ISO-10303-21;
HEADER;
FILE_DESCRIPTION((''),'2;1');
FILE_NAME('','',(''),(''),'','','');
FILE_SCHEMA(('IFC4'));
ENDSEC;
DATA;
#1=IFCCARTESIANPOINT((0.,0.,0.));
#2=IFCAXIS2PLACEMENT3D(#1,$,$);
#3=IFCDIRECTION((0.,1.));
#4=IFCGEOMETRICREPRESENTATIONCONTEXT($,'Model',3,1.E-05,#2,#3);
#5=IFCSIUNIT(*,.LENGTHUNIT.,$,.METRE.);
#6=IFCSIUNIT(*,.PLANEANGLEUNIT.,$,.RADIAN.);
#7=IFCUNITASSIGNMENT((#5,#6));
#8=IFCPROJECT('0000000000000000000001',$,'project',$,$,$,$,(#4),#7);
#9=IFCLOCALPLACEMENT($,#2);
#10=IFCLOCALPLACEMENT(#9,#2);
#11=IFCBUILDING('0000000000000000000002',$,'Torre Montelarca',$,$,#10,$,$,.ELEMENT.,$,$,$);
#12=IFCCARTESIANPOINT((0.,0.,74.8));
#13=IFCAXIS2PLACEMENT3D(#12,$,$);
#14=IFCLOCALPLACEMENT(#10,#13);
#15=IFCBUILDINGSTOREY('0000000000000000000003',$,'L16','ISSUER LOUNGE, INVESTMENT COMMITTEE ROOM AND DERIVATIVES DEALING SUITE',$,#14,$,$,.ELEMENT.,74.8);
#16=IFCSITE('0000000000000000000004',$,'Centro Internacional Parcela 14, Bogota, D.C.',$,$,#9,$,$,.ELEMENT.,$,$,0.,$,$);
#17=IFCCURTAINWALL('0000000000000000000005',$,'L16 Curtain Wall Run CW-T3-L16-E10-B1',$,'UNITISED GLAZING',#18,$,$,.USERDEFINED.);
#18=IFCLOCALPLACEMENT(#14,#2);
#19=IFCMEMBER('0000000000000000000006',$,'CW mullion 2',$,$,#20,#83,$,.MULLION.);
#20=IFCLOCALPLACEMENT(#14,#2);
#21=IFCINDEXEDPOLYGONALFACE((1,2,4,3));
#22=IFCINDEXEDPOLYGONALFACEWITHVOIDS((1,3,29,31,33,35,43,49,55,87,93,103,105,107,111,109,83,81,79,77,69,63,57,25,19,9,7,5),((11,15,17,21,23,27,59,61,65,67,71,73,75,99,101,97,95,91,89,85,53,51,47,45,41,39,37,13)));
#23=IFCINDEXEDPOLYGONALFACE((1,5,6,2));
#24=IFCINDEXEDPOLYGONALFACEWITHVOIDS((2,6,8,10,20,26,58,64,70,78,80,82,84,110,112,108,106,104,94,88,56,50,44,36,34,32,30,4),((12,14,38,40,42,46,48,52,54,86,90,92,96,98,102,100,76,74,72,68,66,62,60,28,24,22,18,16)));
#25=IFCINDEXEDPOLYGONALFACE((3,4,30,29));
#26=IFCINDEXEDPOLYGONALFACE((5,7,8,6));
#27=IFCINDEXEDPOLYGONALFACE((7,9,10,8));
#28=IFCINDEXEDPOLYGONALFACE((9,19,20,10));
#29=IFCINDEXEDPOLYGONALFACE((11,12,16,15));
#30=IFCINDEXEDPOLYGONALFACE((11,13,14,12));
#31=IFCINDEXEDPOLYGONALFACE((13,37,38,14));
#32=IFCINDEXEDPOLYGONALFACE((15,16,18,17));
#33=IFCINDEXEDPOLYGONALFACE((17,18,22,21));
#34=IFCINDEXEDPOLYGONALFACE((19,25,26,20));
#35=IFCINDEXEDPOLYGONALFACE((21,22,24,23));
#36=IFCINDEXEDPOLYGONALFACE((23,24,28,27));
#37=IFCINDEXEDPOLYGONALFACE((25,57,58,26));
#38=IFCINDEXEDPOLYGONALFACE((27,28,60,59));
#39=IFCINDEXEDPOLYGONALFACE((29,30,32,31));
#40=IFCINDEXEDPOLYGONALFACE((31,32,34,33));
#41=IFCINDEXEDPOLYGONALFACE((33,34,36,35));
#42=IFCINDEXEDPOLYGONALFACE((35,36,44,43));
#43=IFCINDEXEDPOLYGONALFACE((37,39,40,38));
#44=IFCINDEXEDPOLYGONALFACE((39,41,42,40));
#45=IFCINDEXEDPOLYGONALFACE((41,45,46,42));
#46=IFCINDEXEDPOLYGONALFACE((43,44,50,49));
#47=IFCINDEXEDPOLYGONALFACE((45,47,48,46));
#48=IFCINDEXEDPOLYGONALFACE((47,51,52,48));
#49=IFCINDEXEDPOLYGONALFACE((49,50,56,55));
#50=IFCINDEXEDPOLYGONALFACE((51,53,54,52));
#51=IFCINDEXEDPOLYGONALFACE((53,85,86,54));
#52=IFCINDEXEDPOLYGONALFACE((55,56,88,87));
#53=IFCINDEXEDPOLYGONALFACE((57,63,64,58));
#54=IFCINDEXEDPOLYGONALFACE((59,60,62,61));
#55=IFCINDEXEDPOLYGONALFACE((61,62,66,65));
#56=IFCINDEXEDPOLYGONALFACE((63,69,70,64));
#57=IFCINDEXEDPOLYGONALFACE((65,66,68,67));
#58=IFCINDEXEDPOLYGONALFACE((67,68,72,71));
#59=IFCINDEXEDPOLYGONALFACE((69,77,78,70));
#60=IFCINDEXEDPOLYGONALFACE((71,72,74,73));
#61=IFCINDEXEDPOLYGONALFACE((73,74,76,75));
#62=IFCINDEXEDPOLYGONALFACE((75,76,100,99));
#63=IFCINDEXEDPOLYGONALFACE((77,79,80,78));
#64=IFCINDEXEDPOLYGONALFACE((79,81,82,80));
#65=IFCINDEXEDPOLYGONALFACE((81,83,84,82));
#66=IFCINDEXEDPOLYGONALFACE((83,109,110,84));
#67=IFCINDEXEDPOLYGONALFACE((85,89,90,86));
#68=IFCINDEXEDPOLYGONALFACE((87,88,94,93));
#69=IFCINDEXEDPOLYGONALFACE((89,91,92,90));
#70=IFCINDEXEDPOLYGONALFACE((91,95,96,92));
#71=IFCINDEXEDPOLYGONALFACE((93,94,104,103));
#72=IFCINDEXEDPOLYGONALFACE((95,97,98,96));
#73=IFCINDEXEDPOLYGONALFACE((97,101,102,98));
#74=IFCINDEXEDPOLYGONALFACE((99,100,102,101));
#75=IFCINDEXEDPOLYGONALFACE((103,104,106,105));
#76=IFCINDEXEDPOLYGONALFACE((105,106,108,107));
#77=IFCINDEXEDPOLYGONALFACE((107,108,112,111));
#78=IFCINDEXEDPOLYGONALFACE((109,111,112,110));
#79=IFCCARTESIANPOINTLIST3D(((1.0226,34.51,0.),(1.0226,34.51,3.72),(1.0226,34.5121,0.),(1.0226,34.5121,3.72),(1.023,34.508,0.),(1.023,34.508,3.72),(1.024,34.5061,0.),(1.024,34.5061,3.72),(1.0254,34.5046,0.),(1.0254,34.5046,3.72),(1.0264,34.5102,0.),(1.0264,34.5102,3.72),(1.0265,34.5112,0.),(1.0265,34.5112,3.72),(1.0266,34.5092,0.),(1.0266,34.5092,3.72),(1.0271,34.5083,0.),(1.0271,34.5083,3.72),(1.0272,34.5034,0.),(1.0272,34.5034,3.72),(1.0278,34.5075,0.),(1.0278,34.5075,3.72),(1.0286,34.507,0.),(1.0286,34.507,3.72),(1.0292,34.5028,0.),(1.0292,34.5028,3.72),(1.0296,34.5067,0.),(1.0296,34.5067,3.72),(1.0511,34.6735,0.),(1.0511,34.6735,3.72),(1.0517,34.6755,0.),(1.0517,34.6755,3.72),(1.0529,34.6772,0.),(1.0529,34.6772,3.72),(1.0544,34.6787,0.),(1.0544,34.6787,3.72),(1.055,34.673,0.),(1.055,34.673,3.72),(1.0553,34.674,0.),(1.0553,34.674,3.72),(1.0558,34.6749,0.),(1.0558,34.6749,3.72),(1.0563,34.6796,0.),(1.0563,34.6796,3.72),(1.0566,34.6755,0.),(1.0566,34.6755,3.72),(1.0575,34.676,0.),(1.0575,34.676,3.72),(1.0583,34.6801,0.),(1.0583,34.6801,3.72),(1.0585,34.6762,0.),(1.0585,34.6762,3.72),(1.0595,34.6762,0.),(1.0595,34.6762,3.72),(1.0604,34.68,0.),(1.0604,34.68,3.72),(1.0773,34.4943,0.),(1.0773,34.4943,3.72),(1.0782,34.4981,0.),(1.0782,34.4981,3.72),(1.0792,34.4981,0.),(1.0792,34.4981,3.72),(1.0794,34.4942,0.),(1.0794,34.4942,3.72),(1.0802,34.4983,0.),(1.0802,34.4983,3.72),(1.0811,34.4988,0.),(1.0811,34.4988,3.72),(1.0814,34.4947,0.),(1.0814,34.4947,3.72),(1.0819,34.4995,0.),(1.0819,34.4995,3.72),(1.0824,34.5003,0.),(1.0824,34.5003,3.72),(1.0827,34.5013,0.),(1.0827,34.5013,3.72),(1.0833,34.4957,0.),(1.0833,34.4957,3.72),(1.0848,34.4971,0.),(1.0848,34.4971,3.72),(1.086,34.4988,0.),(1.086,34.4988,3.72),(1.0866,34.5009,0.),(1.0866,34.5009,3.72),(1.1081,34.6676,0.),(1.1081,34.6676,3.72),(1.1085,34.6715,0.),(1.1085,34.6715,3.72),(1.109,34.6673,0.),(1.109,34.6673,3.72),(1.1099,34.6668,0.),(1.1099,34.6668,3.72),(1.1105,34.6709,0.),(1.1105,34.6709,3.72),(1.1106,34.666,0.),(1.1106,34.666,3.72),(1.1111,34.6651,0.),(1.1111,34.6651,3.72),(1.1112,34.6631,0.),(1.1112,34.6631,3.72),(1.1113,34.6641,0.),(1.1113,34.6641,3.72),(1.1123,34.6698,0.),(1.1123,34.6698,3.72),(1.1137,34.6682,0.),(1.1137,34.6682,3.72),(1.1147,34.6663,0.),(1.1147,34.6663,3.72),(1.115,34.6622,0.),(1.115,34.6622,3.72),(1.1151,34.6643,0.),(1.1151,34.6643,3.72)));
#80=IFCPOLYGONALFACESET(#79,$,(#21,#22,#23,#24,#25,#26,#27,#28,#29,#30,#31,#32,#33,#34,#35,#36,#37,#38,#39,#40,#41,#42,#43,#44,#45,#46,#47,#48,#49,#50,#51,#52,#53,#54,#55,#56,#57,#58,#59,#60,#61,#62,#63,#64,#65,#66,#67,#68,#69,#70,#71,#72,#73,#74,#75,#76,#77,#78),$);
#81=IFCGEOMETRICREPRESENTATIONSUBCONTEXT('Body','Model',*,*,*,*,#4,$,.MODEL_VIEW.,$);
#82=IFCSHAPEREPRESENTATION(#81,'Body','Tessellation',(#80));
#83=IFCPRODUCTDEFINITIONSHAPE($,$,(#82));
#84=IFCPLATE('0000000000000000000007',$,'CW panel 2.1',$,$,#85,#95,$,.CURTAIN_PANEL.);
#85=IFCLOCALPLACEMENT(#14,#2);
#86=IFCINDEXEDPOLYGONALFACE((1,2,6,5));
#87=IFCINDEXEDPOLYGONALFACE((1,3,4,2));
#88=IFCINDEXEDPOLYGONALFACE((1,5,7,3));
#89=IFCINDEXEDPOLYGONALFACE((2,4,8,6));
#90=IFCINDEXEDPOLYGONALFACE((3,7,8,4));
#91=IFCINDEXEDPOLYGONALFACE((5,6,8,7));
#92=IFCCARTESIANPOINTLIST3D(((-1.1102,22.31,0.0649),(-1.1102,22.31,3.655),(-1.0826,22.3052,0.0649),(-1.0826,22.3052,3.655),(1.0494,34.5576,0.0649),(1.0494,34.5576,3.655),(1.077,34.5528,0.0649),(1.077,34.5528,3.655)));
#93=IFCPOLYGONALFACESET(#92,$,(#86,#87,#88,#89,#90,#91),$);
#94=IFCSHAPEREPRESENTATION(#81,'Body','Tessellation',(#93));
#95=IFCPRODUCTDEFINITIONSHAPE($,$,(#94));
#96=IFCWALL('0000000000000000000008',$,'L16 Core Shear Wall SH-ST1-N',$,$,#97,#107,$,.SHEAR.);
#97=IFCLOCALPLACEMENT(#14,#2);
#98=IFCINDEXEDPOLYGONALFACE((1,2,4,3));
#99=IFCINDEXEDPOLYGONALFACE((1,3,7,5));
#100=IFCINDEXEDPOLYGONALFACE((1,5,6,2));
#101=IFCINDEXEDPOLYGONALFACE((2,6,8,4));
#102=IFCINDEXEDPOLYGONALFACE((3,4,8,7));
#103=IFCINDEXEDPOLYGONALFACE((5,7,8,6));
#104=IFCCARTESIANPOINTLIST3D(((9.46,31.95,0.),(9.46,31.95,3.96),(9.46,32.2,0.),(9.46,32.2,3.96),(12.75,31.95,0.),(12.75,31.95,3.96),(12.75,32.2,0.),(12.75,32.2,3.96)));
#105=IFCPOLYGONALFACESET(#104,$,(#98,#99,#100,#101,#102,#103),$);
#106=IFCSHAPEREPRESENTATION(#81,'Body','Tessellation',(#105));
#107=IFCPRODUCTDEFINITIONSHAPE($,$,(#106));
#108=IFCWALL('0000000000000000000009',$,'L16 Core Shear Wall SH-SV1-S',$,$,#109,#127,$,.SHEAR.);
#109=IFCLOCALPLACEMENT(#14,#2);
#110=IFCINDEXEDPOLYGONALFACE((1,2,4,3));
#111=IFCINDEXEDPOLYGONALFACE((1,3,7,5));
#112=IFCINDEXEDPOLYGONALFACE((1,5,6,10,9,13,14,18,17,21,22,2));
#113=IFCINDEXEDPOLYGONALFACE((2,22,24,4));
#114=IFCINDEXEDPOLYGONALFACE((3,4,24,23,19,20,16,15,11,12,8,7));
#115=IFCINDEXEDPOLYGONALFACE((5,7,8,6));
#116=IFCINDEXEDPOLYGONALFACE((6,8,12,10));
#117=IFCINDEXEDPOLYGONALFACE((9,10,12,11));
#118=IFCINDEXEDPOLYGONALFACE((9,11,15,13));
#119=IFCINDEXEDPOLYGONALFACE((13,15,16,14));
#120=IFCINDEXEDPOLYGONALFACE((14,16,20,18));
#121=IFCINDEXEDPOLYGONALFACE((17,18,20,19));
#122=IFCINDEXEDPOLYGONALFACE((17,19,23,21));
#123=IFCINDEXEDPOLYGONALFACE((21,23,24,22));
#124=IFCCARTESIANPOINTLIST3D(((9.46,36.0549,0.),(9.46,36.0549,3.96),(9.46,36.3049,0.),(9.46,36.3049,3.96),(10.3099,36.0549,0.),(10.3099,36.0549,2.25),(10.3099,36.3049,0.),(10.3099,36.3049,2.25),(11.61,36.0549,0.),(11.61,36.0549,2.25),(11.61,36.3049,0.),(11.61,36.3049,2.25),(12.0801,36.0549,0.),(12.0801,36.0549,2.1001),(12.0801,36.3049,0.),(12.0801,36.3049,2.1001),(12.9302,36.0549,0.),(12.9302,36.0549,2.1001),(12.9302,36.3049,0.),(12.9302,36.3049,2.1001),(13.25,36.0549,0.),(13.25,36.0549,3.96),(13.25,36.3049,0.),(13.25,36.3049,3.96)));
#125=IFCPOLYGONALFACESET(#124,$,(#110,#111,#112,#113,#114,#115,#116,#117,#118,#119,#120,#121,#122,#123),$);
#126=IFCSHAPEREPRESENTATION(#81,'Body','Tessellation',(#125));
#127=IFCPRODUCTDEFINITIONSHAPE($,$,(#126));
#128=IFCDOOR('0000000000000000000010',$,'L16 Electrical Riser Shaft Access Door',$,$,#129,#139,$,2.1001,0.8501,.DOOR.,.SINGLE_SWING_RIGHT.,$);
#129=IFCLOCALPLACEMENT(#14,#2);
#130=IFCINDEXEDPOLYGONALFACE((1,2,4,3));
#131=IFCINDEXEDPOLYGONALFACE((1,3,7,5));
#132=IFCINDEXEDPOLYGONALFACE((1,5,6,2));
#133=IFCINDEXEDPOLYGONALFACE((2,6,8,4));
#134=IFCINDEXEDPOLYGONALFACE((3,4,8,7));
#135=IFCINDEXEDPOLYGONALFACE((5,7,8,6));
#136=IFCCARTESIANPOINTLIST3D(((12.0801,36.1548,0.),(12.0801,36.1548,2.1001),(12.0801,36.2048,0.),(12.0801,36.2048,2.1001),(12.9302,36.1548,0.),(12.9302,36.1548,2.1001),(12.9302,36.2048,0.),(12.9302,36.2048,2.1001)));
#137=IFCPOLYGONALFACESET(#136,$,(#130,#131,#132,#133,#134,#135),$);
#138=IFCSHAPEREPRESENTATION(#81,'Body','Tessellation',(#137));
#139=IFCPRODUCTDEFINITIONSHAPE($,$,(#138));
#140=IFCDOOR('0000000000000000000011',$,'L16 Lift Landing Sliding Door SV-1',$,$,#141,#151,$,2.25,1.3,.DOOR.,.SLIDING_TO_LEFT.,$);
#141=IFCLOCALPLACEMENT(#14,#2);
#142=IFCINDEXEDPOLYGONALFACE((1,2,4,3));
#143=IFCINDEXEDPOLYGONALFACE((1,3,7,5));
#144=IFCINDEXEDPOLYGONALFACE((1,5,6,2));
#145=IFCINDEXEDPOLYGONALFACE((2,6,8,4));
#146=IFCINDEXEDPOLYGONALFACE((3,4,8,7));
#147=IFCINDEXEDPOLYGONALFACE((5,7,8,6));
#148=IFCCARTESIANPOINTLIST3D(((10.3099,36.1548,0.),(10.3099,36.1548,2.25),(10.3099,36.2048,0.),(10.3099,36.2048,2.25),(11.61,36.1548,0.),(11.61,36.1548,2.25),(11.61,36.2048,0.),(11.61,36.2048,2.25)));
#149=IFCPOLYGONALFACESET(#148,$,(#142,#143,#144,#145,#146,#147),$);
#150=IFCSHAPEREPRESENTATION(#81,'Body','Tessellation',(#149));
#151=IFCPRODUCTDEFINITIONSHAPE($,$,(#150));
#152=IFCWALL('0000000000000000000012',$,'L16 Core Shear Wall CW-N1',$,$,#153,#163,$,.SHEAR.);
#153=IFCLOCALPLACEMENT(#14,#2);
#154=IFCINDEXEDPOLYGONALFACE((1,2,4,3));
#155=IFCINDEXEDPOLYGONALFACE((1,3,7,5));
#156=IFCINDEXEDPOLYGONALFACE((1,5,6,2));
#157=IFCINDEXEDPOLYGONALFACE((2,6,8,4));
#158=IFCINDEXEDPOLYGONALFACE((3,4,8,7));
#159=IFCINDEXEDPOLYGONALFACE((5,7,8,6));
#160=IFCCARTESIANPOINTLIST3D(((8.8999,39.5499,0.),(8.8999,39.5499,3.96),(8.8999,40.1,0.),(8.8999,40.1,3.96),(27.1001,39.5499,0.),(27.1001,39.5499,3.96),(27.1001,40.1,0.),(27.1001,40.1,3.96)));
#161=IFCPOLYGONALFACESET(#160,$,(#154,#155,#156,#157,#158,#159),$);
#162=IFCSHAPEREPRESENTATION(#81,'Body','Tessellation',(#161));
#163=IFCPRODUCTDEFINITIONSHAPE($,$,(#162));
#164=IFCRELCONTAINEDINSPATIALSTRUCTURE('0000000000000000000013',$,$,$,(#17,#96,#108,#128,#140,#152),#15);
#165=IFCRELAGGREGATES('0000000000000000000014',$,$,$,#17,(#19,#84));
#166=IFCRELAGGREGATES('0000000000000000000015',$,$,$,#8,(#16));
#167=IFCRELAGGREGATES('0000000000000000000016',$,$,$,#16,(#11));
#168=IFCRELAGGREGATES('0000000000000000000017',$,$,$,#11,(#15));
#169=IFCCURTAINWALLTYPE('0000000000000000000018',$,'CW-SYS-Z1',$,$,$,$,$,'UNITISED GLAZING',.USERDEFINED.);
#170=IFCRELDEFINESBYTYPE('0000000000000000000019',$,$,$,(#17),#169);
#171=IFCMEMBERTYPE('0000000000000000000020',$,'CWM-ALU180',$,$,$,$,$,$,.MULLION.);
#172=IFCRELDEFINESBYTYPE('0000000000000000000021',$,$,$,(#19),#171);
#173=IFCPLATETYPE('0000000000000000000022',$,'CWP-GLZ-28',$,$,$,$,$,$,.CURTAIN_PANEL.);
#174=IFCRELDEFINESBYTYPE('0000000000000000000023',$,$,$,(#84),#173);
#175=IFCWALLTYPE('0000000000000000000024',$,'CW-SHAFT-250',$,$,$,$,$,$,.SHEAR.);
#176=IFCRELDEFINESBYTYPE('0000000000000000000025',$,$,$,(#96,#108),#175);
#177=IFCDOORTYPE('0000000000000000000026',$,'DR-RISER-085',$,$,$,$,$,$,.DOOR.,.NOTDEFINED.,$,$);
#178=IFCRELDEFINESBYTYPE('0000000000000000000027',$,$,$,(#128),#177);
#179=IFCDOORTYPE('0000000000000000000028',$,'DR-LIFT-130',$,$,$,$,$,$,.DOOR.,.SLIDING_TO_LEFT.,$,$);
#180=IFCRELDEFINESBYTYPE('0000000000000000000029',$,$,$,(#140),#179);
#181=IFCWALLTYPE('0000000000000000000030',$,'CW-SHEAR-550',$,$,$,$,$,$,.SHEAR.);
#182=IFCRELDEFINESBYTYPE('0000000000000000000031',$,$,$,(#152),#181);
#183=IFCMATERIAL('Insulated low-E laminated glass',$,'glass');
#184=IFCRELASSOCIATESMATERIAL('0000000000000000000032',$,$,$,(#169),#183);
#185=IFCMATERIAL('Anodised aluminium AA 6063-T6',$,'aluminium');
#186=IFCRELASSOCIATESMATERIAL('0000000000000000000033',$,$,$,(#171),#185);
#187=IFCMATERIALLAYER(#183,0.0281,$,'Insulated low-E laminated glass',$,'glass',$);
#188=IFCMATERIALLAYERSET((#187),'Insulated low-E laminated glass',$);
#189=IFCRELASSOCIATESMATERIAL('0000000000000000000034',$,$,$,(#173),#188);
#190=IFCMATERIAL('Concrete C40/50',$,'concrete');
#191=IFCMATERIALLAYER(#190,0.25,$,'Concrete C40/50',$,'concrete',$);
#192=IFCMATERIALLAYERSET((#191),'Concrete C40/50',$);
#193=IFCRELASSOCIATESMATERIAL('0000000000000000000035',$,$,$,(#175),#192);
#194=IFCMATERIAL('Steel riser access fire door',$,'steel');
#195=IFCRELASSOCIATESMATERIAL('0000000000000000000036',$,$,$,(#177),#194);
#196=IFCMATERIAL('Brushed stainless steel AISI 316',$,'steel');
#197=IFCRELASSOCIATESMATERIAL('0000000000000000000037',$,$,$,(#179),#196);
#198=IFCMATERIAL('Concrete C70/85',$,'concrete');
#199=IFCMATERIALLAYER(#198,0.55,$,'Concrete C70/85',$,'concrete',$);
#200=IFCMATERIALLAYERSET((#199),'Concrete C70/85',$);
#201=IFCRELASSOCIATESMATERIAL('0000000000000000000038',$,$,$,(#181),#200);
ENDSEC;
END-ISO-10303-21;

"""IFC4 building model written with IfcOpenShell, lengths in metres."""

from ifc_helpers import new_model, si_unit, direction, frame, frame_2d, origin, origin_2d, place, context, subcontext, project, spatial, rectangle, hollow_rectangle, extrude, source, transform, mapped, material, layer, layer_set, material_profile, profile_set, type_object, element, fill, aggregate, save


model = new_model("IFC4")

# Units and contexts
model_context = context("Model", 3, precision=1e-05, world=origin(), true_north=direction((0.0, 1.0)))
body_context = subcontext(model_context, "Body", "Model", "MODEL_VIEW")
ifc_project = project(units=[si_unit("LENGTHUNIT", "METRE"), si_unit("PLANEANGLEUNIT", "RADIAN")], contexts=[model_context])

# Site, building, storey
site_placement = place(None, origin())
site = spatial("IfcSite", under=ifc_project, at=site_placement, Name="Centro Internacional Parcela 14, Bogota, D.C.", CompositionType="ELEMENT", RefElevation=0.0)
building_placement = place(site_placement, origin())
building = spatial("IfcBuilding", under=site, at=building_placement, Name="Torre Montelarca", CompositionType="ELEMENT")
storey_placement = place(building_placement, frame((0.0, 0.0, 74.8)))
storey = spatial("IfcBuildingStorey", under=building, at=storey_placement, Name="L16", Description="ISSUER LOUNGE, INVESTMENT COMMITTEE ROOM AND DERIVATIVES DEALING SUITE", CompositionType="ELEMENT", Elevation=74.8)

# Curtain wall, member, plate
ifc_material_1 = material(Name="Insulated low-E laminated glass", Category="glass")
curtain_wall_type = type_object("IfcCurtainWallType", Name="CW-SYS-Z1", ElementType="UNITISED GLAZING", PredefinedType="USERDEFINED", material=ifc_material_1)
curtain_wall_placement = place(storey_placement, origin())
curtain_wall = element("IfcCurtainWall", 1, at=curtain_wall_placement, inside=storey, type_object=curtain_wall_type, Name="L16 Curtain Wall Run CW-T3-L16-E10-B1", ObjectType="UNITISED GLAZING", PredefinedType="USERDEFINED")
ifc_material_2 = material(Name="Anodised aluminium AA 6063-T6", Category="aluminium")
ifc_material_profile_1 = material_profile(ifc_material_2, hollow_rectangle(XDim=0.0649, YDim=0.1799, WallThickness=0.0039, InnerFilletRadius=0.0039, OuterFilletRadius=0.0081, at=origin_2d()), Name="ALU65X180X4", Category="aluminium")
ifc_profile_set_1 = profile_set([ifc_material_profile_1], Name="Anodised aluminium AA 6063-T6")
member_type_1 = type_object("IfcMemberType", Name="CWM-ALU180", PredefinedType="MULLION", material=ifc_profile_set_1)
shared_shape_1 = source(origin(), body_context, "Body", "SweptSolid", [
    extrude(hollow_rectangle(XDim=0.0649, YDim=0.1799, WallThickness=0.0039, InnerFilletRadius=0.0039, OuterFilletRadius=0.0081, at=origin_2d()), origin(), (0.0, 0.0, 1.0), 3.72),
])
member_1_placement = place(storey_placement, frame((1.0688, 34.5872, 0.0), z_axis=(0.0, 0.0, 1.0), x_axis=(0.984808, -0.173646, 0.0)))
member_1 = element("IfcMember", 2, at=member_1_placement, type_object=member_type_1, Name="CW mullion 2", PredefinedType="MULLION", context=body_context, shape_type="MappedRepresentation", body=[
    mapped(shared_shape_1, transform((0.0, 0.0, 0.0), scale=1.0)),
])
ifc_layer_1 = layer(ifc_material_1, 0.0281, Name="Insulated low-E laminated glass", Category="glass")
ifc_layer_set_1 = layer_set([ifc_layer_1], Name="Insulated low-E laminated glass")
plate_type = type_object("IfcPlateType", Name="CWP-GLZ-28", PredefinedType="CURTAIN_PANEL", material=ifc_layer_set_1)
shared_shape_2 = source(origin(), body_context, "Body", "SweptSolid", [
    extrude(rectangle(XDim=12.4365, YDim=0.0281, at=origin_2d()), origin(), (0.0, 0.0, 1.0), 3.5901),
])
plate_placement = place(storey_placement, frame((-0.0166, 28.4314, 0.0649), z_axis=(0.0, 0.0, 1.0), x_axis=(-0.173646, -0.984808, 0.0)))
plate = element("IfcPlate", 3, at=plate_placement, type_object=plate_type, Name="CW panel 2.1", PredefinedType="CURTAIN_PANEL", context=body_context, shape_type="MappedRepresentation", body=[
    mapped(shared_shape_2, transform((0.0, 0.0, 0.0), scale=1.0)),
])
aggregate(curtain_wall, [member_1, plate])

# Wall
ifc_material_3 = material(Name="Concrete C40/50", Category="concrete")
ifc_layer_2 = layer(ifc_material_3, 0.25, Name="Concrete C40/50", Category="concrete")
ifc_layer_set_2 = layer_set([ifc_layer_2], Name="Concrete C40/50")
wall_type_1 = type_object("IfcWallType", Name="CW-SHAFT-250", PredefinedType="SHEAR", material=ifc_layer_set_2)
wall_1_placement = place(storey_placement, frame((9.46, 32.075, 0.0), z_axis=(0.0, 0.0, 1.0), x_axis=(1.0, 0.0, 0.0)))
element("IfcWall", 4, at=wall_1_placement, inside=storey, type_object=wall_type_1, Name="L16 Core Shear Wall SH-ST1-N", PredefinedType="SHEAR", context=body_context, shape_type="SweptSolid", body=[
    extrude(rectangle(XDim=3.29, YDim=0.25, at=frame_2d((1.645, 0.0))), origin(), (0.0, 0.0, 1.0), 3.96),
])

# Wall, openings, doors
wall_2_placement = place(storey_placement, frame((9.46, 36.1799, 0.0), z_axis=(0.0, 0.0, 1.0), x_axis=(1.0, 0.0, 0.0)))
wall_2 = element("IfcWall", 5, at=wall_2_placement, inside=storey, type_object=wall_type_1, Name="L16 Core Shear Wall SH-SV1-S", PredefinedType="SHEAR", context=body_context, shape_type="SweptSolid", body=[
    extrude(rectangle(XDim=3.79, YDim=0.25, at=frame_2d((1.895, 0.0))), origin(), (0.0, 0.0, 1.0), 3.96),
])
opening_1_placement = place(wall_2_placement, frame((2.6201, 0.0, 0.0)))
opening_1 = element("IfcOpeningElement", 6, at=opening_1_placement, cuts=wall_2, PredefinedType="OPENING", context=body_context, shape_type="SweptSolid", body=[
    extrude(rectangle(XDim=0.8501, YDim=2.1001, at=frame_2d((0.425, 1.05))), frame((0.0, 0.135, 0.0), z_axis=(0.0, -1.0, 0.0), x_axis=(1.0, 0.0, 0.0)), (0.0, 0.0, 1.0), 0.27),
])
opening_2_placement = place(wall_2_placement, frame((0.8501, 0.0, 0.0)))
opening_2 = element("IfcOpeningElement", 7, at=opening_2_placement, cuts=wall_2, PredefinedType="OPENING", context=body_context, shape_type="SweptSolid", body=[
    extrude(rectangle(XDim=1.3, YDim=2.25, at=frame_2d((0.6499, 1.125))), frame((0.0, 0.135, 0.0), z_axis=(0.0, -1.0, 0.0), x_axis=(1.0, 0.0, 0.0)), (0.0, 0.0, 1.0), 0.27),
])
ifc_material_4 = material(Name="Steel riser access fire door", Category="steel")
door_type_1 = type_object("IfcDoorType", Name="DR-RISER-085", OperationType="NOTDEFINED", PredefinedType="DOOR", material=ifc_material_4)
shared_shape_3 = source(origin(), body_context, "Body", "SweptSolid", [
    extrude(rectangle(XDim=0.8501, YDim=2.1001, at=frame_2d((0.425, 1.05))), frame((0.0, 0.0249, 0.0), z_axis=(0.0, -1.0, 0.0), x_axis=(1.0, 0.0, 0.0)), (0.0, 0.0, 1.0), 0.05),
])
door_1_placement = place(opening_1_placement, origin())
door_1 = element("IfcDoor", 8, at=door_1_placement, inside=storey, type_object=door_type_1, Name="L16 Electrical Riser Shaft Access Door", OperationType="SINGLE_SWING_RIGHT", OverallHeight=2.1001, OverallWidth=0.8501, PredefinedType="DOOR", context=body_context, shape_type="MappedRepresentation", body=[
    mapped(shared_shape_3, transform((0.0, 0.0, 0.0), scale=1.0)),
])
fill(opening_1, door_1)
ifc_material_5 = material(Name="Brushed stainless steel AISI 316", Category="steel")
door_type_2 = type_object("IfcDoorType", Name="DR-LIFT-130", OperationType="SLIDING_TO_LEFT", PredefinedType="DOOR", material=ifc_material_5)
shared_shape_4 = source(origin(), body_context, "Body", "SweptSolid", [
    extrude(rectangle(XDim=1.3, YDim=2.25, at=frame_2d((0.6499, 1.125))), frame((0.0, 0.0249, 0.0), z_axis=(0.0, -1.0, 0.0), x_axis=(1.0, 0.0, 0.0)), (0.0, 0.0, 1.0), 0.05),
])
door_2_placement = place(opening_2_placement, origin())
door_2 = element("IfcDoor", 9, at=door_2_placement, inside=storey, type_object=door_type_2, Name="L16 Lift Landing Sliding Door SV-1", OperationType="SLIDING_TO_LEFT", OverallHeight=2.25, OverallWidth=1.3, PredefinedType="DOOR", context=body_context, shape_type="MappedRepresentation", body=[
    mapped(shared_shape_4, transform((0.0, 0.0, 0.0), scale=1.0)),
])
fill(opening_2, door_2)

# Wall
ifc_material_6 = material(Name="Concrete C70/85", Category="concrete")
ifc_layer_3 = layer(ifc_material_6, 0.55, Name="Concrete C70/85", Category="concrete")
ifc_layer_set_3 = layer_set([ifc_layer_3], Name="Concrete C70/85")
wall_type_2 = type_object("IfcWallType", Name="CW-SHEAR-550", PredefinedType="SHEAR", material=ifc_layer_set_3)
wall_3_placement = place(storey_placement, frame((8.8999, 39.825, 0.0), z_axis=(0.0, 0.0, 1.0), x_axis=(1.0, 0.0, 0.0)))
element("IfcWall", 10, at=wall_3_placement, inside=storey, type_object=wall_type_2, Name="L16 Core Shear Wall CW-N1", PredefinedType="SHEAR", context=body_context, shape_type="SweptSolid", body=[
    extrude(rectangle(XDim=18.2002, YDim=0.55, at=frame_2d((9.1001, 0.0))), origin(), (0.0, 0.0, 1.0), 3.96),
])

save(model, "model.ifc")
